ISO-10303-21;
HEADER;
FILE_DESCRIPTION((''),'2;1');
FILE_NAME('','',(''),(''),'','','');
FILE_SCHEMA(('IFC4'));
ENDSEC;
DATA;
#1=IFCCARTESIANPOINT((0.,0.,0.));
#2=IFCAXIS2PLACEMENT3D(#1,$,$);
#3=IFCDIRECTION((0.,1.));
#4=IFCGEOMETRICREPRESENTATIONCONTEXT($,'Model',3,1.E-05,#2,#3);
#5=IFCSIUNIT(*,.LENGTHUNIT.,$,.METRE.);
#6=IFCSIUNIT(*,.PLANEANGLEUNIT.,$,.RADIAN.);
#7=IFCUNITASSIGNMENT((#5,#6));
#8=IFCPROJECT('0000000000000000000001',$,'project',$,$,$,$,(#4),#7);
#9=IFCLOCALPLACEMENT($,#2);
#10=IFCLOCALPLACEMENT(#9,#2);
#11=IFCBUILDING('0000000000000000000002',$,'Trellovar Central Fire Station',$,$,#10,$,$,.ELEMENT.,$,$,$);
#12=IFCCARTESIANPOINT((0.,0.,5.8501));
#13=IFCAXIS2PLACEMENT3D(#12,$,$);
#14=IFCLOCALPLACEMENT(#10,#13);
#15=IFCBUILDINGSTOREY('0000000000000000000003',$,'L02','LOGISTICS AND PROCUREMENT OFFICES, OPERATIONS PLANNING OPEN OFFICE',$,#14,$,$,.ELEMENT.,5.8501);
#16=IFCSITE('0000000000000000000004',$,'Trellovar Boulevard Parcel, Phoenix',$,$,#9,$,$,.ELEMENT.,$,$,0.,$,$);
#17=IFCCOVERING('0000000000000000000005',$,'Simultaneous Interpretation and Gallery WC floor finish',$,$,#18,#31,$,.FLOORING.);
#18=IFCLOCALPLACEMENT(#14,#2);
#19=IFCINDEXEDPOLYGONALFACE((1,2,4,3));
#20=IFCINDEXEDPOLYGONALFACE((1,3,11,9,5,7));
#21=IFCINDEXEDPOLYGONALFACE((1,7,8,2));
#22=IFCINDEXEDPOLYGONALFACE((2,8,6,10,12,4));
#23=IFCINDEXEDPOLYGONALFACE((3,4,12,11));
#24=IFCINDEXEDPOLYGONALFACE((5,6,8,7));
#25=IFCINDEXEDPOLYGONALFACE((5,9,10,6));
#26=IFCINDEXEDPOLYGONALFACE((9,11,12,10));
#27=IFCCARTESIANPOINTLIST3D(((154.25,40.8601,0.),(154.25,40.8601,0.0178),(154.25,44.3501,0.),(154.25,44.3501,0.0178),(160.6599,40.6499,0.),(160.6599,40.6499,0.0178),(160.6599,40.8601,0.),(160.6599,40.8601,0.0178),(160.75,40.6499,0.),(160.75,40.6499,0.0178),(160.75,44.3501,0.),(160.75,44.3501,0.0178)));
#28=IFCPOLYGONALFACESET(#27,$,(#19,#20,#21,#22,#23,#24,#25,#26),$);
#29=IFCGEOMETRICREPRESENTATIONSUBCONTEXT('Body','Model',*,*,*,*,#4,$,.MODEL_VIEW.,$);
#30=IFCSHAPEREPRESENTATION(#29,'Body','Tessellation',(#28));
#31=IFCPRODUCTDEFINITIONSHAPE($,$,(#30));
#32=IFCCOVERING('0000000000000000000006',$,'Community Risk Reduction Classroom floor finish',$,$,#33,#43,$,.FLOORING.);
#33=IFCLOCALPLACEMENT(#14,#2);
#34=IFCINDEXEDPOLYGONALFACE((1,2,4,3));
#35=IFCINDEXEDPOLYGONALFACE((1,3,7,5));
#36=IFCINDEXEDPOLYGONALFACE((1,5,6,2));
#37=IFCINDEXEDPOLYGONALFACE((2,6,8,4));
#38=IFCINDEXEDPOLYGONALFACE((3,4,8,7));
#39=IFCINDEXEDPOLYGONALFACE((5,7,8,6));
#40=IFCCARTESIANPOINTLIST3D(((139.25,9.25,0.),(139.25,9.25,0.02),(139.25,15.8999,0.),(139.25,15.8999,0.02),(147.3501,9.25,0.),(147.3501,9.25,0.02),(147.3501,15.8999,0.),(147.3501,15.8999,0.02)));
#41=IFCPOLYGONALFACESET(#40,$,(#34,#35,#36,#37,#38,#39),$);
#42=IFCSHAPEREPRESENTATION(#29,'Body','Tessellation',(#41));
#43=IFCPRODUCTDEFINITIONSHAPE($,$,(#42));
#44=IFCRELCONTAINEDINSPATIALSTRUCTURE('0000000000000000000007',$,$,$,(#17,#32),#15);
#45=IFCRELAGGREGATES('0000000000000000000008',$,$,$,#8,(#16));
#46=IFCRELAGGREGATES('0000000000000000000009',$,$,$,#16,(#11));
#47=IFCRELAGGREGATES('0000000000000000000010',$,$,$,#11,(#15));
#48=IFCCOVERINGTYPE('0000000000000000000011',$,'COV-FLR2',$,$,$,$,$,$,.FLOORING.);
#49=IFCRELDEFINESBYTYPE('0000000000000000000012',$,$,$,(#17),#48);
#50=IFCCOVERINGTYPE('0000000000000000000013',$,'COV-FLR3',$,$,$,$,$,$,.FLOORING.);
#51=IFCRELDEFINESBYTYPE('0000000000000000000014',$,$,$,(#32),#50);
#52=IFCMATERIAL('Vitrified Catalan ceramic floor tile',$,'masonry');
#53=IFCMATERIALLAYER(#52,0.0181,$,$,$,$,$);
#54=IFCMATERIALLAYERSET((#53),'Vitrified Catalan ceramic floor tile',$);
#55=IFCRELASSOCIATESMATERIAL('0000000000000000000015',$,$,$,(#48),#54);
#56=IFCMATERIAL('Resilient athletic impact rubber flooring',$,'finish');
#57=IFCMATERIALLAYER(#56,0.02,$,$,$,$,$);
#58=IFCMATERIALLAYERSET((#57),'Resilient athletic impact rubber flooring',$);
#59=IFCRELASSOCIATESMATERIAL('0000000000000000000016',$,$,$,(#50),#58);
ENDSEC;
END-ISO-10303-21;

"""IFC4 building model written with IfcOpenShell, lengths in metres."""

from ifc_helpers import new_model, si_unit, direction, frame, origin, place, context, subcontext, project, spatial, polyline, outline, extrude, material, layer, layer_set, type_object, element, save


model = new_model("IFC4")

# Units and contexts
model_context = context("Model", 3, precision=1e-05, world=origin(), true_north=direction((0.0, 1.0)))
body_context = subcontext(model_context, "Body", "Model", "MODEL_VIEW")
ifc_project = project(units=[si_unit("LENGTHUNIT", "METRE"), si_unit("PLANEANGLEUNIT", "RADIAN")], contexts=[model_context])

# Site, building, storey
site_placement = place(None, origin())
site = spatial("IfcSite", under=ifc_project, at=site_placement, Name="Trellovar Boulevard Parcel, Phoenix", CompositionType="ELEMENT", RefElevation=0.0)
building_placement = place(site_placement, origin())
building = spatial("IfcBuilding", under=site, at=building_placement, Name="Trellovar Central Fire Station", CompositionType="ELEMENT")
storey_placement = place(building_placement, frame((0.0, 0.0, 5.8501)))
storey = spatial("IfcBuildingStorey", under=building, at=storey_placement, Name="L02", Description="LOGISTICS AND PROCUREMENT OFFICES, OPERATIONS PLANNING OPEN OFFICE", CompositionType="ELEMENT", Elevation=5.8501)

# Coverings
ifc_material_1 = material(Name="Vitrified Catalan ceramic floor tile", Category="masonry")
ifc_layer_1 = layer(ifc_material_1, 0.0181)
ifc_layer_set_1 = layer_set([ifc_layer_1], Name="Vitrified Catalan ceramic floor tile")
covering_type_1 = type_object("IfcCoveringType", Name="COV-FLR2", PredefinedType="FLOORING", material=ifc_layer_set_1)
covering_1_placement = place(storey_placement, origin())
element("IfcCovering", 1, at=covering_1_placement, inside=storey, type_object=covering_type_1, Name="Simultaneous Interpretation and Gallery WC floor finish", PredefinedType="FLOORING", context=body_context, shape_type="SweptSolid", body=[
    extrude(outline(polyline([(154.25, 40.8601), (154.25, 44.3501), (160.75, 44.3501), (160.75, 40.6499), (160.6599, 40.6499), (160.6599, 40.8601), (154.25, 40.8601)])), origin(), (0.0, 0.0, 1.0), 0.0178),
])
ifc_material_2 = material(Name="Resilient athletic impact rubber flooring", Category="finish")
ifc_layer_2 = layer(ifc_material_2, 0.02)
ifc_layer_set_2 = layer_set([ifc_layer_2], Name="Resilient athletic impact rubber flooring")
covering_type_2 = type_object("IfcCoveringType", Name="COV-FLR3", PredefinedType="FLOORING", material=ifc_layer_set_2)
covering_2_placement = place(storey_placement, origin())
element("IfcCovering", 2, at=covering_2_placement, inside=storey, type_object=covering_type_2, Name="Community Risk Reduction Classroom floor finish", PredefinedType="FLOORING", context=body_context, shape_type="SweptSolid", body=[
    extrude(outline(polyline([(147.3501, 15.8999), (147.3501, 9.25), (139.25, 9.25), (139.25, 15.8999), (147.3501, 15.8999)])), origin(), (0.0, 0.0, 1.0), 0.02),
])

save(model, "model.ifc")
